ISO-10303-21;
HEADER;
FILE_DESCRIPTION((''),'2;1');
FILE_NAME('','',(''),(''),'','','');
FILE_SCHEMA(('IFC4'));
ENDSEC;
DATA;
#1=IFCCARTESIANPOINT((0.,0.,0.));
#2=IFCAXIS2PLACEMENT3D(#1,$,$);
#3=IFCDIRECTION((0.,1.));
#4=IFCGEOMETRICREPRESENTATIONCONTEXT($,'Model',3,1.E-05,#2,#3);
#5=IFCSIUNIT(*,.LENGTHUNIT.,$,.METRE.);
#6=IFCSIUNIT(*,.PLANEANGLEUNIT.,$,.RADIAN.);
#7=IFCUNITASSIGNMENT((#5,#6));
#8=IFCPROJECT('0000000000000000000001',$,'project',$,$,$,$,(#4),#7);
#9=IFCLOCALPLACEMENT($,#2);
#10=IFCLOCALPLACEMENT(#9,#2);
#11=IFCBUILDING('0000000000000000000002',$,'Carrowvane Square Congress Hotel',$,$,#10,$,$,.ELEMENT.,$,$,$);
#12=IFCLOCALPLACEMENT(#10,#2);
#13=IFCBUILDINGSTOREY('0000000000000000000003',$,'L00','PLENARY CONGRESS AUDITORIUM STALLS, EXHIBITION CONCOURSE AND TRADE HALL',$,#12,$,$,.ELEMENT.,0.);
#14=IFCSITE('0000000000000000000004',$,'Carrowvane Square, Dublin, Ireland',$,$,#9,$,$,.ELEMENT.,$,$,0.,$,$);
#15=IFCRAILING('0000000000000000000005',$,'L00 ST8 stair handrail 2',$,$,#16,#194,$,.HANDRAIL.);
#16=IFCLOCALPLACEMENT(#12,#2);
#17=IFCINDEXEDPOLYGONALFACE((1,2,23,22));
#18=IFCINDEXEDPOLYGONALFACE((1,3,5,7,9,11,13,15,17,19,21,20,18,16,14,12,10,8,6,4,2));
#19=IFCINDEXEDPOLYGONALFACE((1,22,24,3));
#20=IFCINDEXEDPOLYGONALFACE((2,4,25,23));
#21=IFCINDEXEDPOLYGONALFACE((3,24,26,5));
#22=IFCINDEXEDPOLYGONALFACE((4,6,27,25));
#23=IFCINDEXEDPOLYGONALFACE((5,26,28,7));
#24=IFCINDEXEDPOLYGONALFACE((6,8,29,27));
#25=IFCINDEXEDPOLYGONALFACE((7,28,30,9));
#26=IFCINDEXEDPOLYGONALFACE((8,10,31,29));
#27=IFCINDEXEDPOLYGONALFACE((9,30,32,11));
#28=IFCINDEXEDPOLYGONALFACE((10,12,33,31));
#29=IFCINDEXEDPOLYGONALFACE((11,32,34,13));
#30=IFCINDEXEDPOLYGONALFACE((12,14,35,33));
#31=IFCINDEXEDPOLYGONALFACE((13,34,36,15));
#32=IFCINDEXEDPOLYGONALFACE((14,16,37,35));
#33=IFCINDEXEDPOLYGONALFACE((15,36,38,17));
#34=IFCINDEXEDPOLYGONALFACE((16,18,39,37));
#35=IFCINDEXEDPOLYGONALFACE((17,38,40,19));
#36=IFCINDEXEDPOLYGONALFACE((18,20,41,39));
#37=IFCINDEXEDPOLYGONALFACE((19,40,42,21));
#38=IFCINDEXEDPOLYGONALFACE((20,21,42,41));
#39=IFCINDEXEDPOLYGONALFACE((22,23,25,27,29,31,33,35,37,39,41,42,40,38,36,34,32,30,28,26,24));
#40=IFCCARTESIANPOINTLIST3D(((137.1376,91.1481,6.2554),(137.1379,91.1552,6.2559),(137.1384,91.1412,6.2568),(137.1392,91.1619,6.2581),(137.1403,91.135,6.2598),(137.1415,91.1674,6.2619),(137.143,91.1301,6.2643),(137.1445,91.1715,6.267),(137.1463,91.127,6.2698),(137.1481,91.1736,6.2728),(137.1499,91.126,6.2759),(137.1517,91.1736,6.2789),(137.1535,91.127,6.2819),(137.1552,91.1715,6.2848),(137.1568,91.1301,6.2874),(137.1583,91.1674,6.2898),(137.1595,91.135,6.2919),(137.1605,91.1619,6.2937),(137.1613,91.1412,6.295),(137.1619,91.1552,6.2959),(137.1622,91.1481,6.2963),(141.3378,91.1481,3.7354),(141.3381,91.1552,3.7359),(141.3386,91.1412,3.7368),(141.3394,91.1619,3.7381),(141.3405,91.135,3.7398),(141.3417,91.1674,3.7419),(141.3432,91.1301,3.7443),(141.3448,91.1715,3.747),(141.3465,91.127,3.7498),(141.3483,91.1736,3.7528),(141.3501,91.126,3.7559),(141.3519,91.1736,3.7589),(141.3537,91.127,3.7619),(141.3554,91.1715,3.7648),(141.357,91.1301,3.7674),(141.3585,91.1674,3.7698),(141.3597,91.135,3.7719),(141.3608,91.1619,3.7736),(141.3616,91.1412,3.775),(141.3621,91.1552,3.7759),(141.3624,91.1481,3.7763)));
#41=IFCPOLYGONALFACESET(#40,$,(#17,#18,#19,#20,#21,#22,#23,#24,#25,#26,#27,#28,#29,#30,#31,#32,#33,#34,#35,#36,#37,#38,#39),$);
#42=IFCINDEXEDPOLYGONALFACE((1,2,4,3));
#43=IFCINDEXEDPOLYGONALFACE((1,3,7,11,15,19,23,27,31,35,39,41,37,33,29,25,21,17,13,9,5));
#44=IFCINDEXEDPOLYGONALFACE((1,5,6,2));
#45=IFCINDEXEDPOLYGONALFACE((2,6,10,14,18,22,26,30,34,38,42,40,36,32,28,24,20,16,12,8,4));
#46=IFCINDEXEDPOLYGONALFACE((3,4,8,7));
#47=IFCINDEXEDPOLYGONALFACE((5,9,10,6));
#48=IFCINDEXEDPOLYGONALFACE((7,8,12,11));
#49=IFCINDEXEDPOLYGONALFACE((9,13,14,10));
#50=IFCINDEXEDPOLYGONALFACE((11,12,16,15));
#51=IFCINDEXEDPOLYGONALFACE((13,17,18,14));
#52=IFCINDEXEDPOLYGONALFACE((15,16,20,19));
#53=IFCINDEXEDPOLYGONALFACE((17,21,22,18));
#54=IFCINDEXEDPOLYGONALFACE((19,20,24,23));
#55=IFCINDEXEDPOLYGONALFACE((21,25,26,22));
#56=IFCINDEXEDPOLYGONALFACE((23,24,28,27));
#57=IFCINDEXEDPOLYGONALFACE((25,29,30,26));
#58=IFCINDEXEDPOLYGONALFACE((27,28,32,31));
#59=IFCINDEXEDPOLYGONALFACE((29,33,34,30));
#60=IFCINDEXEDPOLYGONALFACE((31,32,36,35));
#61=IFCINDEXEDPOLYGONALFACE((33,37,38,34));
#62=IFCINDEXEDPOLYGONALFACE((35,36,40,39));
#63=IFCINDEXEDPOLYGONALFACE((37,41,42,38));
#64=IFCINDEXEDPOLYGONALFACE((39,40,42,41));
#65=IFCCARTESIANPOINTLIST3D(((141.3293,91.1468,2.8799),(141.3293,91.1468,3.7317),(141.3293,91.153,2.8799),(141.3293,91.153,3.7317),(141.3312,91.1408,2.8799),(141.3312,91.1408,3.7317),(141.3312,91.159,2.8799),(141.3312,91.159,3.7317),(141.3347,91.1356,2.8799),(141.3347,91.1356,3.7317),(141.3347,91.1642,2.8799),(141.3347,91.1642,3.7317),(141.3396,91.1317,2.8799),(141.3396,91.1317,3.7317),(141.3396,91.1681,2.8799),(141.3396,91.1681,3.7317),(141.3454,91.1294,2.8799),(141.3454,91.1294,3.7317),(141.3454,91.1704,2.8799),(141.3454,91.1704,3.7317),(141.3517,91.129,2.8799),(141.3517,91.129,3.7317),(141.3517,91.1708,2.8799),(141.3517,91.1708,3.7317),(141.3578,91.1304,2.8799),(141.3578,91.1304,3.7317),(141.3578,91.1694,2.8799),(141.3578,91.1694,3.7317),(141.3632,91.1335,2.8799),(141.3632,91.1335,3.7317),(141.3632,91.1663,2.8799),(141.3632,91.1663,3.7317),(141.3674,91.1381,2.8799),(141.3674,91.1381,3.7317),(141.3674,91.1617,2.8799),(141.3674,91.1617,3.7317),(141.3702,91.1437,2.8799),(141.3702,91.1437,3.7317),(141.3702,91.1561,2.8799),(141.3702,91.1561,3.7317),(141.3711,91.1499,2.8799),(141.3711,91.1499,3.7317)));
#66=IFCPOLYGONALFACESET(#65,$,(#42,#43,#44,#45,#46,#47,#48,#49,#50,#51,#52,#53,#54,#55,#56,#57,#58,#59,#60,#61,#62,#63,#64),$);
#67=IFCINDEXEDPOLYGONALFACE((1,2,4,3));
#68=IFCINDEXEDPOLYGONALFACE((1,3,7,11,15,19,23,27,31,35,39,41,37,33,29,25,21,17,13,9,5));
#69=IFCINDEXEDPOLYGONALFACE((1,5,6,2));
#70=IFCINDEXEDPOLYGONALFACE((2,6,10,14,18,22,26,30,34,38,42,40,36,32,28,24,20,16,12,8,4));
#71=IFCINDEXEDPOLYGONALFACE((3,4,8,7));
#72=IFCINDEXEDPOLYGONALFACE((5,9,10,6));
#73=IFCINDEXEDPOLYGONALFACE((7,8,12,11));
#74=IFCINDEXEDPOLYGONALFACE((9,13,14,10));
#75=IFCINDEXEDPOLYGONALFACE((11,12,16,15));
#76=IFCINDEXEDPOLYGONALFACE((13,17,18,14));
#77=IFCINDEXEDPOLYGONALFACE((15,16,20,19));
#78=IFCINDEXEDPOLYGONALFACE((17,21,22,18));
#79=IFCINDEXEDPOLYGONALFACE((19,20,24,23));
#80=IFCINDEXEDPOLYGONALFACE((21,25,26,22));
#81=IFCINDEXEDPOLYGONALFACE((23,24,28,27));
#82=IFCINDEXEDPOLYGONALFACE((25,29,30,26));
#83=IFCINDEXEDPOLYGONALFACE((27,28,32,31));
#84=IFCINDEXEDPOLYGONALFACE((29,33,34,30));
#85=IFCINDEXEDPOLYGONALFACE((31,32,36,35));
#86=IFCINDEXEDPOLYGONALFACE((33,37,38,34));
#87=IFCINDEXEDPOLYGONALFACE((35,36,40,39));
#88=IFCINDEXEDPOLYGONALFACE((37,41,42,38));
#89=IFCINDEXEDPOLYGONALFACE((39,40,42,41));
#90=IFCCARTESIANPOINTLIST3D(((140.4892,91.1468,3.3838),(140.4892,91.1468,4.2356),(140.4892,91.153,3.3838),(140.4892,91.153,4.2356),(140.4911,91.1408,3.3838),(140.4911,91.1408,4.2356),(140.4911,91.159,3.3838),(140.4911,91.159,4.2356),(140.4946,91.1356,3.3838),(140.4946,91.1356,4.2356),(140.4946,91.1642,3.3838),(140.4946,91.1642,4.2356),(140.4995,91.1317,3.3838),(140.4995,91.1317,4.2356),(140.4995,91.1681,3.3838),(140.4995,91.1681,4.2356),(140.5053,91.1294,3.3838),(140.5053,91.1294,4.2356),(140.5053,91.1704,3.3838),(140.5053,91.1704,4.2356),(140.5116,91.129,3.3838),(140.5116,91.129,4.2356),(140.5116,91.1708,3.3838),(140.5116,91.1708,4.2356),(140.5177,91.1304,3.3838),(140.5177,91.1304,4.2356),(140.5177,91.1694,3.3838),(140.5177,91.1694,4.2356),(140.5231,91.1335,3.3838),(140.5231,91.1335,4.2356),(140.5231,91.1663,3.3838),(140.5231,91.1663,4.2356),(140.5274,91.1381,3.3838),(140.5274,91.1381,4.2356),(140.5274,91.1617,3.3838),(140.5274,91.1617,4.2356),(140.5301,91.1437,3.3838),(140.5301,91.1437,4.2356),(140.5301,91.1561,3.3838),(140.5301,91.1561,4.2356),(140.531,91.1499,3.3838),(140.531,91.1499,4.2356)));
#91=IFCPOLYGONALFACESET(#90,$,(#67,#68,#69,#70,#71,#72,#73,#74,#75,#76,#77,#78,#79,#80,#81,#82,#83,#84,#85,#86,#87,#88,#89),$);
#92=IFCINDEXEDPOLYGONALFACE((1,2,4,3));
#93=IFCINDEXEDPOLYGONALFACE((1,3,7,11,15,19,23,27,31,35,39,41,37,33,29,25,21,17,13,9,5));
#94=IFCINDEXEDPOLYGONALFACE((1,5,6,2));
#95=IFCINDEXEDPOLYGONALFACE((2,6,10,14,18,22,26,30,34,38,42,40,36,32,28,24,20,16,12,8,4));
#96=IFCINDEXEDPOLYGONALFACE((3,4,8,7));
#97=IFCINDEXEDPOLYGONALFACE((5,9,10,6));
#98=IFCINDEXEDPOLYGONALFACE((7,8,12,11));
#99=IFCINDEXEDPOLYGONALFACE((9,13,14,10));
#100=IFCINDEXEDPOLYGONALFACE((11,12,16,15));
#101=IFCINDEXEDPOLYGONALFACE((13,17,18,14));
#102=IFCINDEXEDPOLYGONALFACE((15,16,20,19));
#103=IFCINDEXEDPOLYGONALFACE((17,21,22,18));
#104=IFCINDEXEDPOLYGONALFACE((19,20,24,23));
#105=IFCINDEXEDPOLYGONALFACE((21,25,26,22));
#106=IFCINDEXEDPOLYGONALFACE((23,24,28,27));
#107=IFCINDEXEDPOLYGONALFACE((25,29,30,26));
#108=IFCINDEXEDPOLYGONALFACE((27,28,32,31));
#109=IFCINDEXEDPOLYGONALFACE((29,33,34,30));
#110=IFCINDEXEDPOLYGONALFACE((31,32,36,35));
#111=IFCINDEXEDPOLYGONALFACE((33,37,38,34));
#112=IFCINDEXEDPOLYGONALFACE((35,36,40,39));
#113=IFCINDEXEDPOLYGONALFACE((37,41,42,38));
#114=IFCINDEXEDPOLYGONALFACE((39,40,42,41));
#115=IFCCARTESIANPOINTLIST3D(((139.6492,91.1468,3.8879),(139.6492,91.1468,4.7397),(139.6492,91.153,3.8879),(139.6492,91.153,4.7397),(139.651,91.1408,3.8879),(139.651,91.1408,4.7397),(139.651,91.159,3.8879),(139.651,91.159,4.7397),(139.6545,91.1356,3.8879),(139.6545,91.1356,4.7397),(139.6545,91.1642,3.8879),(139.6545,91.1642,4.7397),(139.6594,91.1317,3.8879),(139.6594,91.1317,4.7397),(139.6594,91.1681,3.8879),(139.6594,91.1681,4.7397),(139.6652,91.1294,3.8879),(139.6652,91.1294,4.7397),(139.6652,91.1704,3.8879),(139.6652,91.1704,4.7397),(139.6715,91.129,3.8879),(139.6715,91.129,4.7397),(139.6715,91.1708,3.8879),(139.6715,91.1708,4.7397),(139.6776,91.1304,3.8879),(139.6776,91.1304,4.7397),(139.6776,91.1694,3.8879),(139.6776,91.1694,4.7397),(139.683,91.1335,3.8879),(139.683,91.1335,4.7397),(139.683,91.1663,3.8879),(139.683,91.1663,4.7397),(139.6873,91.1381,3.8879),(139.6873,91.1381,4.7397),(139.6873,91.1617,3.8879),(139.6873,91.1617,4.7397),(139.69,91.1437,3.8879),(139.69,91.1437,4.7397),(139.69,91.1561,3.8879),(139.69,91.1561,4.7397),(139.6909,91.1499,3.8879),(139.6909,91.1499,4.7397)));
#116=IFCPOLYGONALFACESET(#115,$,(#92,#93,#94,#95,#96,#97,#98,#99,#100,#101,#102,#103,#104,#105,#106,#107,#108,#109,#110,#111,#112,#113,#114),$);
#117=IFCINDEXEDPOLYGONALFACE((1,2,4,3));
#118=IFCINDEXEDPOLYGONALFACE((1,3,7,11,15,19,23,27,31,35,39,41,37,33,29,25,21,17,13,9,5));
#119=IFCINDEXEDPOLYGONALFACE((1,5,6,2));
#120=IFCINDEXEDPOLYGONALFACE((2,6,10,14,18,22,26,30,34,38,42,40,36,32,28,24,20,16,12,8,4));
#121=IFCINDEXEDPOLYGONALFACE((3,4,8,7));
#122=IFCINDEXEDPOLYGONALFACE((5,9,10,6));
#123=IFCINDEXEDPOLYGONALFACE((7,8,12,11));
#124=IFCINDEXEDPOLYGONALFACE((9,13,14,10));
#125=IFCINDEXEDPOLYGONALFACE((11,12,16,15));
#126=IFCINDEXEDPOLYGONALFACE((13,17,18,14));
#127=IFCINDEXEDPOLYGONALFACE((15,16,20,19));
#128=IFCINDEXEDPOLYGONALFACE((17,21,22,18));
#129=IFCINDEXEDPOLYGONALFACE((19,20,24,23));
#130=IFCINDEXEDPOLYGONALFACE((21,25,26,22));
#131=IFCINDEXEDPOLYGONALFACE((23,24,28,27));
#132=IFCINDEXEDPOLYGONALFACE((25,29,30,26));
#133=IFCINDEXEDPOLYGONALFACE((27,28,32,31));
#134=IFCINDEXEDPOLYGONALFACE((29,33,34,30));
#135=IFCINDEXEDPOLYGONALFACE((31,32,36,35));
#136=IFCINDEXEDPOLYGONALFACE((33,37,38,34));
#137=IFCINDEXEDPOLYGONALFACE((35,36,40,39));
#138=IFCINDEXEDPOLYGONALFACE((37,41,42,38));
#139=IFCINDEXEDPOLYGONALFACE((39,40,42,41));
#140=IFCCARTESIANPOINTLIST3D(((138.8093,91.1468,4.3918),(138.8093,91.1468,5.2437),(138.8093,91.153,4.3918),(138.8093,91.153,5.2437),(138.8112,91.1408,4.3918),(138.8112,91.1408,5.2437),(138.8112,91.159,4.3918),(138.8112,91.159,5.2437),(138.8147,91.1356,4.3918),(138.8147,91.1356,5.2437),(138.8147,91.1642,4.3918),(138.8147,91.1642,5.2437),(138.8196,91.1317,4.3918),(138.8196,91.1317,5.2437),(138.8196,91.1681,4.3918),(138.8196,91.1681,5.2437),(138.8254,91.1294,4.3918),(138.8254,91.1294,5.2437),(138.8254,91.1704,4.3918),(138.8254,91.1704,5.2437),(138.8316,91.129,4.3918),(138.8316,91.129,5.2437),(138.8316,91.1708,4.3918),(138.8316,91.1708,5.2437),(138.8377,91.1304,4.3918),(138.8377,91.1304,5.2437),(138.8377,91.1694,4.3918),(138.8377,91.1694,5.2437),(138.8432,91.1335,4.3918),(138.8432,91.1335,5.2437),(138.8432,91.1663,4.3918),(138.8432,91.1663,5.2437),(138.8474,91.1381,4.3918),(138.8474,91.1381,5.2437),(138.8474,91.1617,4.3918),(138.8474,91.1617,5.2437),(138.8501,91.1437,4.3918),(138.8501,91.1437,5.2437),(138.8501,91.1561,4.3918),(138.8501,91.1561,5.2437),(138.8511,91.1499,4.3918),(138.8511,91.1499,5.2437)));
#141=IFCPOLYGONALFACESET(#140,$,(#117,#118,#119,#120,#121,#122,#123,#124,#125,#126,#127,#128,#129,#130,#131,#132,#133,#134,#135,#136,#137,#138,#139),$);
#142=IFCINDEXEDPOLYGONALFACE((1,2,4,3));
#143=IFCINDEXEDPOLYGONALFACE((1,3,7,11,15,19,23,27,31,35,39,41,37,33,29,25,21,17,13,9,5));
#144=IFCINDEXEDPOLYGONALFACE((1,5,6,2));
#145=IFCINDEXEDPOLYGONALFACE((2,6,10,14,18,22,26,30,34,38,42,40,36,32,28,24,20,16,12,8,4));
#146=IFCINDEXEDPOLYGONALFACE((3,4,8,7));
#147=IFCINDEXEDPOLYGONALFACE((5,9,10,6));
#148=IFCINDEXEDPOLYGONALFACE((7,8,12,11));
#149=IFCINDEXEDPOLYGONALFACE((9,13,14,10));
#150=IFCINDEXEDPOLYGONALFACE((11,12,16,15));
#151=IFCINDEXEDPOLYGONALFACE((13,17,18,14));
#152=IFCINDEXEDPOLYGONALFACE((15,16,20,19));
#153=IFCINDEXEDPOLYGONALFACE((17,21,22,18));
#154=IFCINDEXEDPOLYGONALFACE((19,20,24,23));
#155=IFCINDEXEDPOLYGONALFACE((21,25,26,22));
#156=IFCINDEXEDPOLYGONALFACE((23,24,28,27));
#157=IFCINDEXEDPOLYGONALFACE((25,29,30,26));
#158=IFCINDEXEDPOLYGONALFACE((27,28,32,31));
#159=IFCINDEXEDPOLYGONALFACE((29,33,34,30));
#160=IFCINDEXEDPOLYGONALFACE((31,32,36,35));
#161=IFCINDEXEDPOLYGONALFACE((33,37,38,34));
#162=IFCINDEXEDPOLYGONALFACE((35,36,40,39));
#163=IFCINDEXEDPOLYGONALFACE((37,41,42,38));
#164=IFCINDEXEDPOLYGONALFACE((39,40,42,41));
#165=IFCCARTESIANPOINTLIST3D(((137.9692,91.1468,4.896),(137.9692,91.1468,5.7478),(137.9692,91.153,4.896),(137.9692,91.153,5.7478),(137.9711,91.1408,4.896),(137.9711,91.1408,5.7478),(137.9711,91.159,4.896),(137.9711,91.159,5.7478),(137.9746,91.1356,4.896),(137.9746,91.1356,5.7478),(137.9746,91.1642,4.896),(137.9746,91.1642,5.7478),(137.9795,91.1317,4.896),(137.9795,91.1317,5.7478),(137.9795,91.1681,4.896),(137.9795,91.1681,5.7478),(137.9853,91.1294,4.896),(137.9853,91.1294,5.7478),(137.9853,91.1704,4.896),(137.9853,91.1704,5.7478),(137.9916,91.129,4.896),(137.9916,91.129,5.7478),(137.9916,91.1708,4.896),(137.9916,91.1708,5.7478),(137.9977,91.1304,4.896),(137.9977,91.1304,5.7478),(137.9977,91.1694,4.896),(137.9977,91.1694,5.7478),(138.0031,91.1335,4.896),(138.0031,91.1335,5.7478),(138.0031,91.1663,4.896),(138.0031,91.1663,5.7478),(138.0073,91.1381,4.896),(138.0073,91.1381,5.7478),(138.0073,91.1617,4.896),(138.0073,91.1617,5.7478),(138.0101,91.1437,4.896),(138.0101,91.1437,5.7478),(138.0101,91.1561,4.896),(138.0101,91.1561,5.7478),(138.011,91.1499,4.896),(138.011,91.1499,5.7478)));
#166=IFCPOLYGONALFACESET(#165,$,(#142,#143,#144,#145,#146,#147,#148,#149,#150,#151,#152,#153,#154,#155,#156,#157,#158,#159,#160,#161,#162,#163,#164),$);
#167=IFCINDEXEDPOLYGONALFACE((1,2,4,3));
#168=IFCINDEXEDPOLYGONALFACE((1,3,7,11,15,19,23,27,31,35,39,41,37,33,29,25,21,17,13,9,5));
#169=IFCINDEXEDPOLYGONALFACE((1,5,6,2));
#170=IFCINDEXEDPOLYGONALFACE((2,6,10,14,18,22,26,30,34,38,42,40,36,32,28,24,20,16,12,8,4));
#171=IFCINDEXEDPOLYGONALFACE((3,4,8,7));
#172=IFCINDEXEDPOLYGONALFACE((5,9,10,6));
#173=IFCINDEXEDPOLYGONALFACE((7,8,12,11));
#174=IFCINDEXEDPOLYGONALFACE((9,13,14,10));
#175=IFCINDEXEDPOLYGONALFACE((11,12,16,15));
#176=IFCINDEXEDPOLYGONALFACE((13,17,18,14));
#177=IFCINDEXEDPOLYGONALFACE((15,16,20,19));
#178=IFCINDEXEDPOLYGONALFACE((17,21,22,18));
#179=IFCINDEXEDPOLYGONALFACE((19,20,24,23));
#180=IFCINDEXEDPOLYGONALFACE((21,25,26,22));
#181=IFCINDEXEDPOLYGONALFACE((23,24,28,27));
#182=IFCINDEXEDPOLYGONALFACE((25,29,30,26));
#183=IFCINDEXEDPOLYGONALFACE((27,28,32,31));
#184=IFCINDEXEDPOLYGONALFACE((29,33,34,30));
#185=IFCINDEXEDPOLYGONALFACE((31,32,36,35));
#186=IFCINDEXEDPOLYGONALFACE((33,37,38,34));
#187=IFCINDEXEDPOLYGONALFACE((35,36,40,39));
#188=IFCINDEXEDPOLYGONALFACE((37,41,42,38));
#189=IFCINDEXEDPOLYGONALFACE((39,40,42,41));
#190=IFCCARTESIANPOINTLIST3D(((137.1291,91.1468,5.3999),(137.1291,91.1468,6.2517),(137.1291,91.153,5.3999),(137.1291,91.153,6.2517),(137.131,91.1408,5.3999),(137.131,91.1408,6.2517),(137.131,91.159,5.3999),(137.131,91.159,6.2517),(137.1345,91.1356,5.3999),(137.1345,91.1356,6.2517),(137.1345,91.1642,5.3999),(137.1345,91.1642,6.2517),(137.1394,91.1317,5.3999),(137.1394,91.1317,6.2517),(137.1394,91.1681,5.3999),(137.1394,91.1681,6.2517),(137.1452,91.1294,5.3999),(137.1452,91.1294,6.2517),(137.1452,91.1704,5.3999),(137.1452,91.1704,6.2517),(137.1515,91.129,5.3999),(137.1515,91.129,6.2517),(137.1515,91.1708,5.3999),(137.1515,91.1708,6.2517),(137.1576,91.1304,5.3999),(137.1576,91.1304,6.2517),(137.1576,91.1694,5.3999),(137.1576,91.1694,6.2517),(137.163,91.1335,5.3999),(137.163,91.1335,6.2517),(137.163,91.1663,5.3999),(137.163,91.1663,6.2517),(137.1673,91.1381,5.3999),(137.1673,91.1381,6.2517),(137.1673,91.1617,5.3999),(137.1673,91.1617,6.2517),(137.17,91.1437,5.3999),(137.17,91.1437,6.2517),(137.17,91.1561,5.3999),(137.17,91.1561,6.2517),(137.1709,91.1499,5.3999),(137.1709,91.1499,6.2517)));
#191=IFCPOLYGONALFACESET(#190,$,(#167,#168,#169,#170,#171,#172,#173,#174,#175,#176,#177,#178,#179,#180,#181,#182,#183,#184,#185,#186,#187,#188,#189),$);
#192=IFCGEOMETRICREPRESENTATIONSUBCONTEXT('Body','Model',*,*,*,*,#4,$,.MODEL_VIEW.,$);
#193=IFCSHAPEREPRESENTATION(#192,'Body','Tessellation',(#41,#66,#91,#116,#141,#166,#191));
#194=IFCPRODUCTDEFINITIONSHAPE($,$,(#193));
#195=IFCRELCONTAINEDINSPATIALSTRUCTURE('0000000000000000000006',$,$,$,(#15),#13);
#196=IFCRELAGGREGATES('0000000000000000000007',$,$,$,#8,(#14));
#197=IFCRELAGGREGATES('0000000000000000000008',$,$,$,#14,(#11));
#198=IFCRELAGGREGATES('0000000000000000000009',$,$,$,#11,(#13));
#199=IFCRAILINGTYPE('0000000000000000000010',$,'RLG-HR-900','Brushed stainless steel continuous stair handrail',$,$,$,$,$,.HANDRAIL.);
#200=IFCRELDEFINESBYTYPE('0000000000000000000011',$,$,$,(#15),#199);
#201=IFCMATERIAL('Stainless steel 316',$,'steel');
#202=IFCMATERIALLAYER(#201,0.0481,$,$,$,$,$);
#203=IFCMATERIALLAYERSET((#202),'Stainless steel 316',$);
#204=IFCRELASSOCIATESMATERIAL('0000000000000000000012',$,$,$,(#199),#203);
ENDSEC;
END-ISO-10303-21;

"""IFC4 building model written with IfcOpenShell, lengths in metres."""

from ifc_helpers import new_model, si_unit, direction, frame, origin, origin_2d, place, context, subcontext, project, spatial, circle, extrude, material, layer, layer_set, type_object, element, save


model = new_model("IFC4")

# Units and contexts
model_context = context("Model", 3, precision=1e-05, world=origin(), true_north=direction((0.0, 1.0)))
body_context = subcontext(model_context, "Body", "Model", "MODEL_VIEW")
ifc_project = project(units=[si_unit("LENGTHUNIT", "METRE"), si_unit("PLANEANGLEUNIT", "RADIAN")], contexts=[model_context])

# Site, building, storey
site_placement = place(None, origin())
site = spatial("IfcSite", under=ifc_project, at=site_placement, Name="Carrowvane Square, Dublin, Ireland", CompositionType="ELEMENT", RefElevation=0.0)
building_placement = place(site_placement, origin())
building = spatial("IfcBuilding", under=site, at=building_placement, Name="Carrowvane Square Congress Hotel", CompositionType="ELEMENT")
storey_placement = place(building_placement, origin())
storey = spatial("IfcBuildingStorey", under=building, at=storey_placement, Name="L00", Description="PLENARY CONGRESS AUDITORIUM STALLS, EXHIBITION CONCOURSE AND TRADE HALL", CompositionType="ELEMENT", Elevation=0.0)

# Railing
ifc_material_1 = material(Name="Stainless steel 316", Category="steel")
ifc_layer_1 = layer(ifc_material_1, 0.0481)
ifc_layer_set_1 = layer_set([ifc_layer_1], Name="Stainless steel 316")
railing_type_1 = type_object("IfcRailingType", Name="RLG-HR-900", Description="Brushed stainless steel continuous stair handrail", PredefinedType="HANDRAIL", material=ifc_layer_set_1)
railing_1_placement = place(storey_placement, frame((141.3501, 91.1499, 2.8799)))
element("IfcRailing", 1, at=railing_1_placement, inside=storey, type_object=railing_type_1, Name="L00 ST8 stair handrail 2", PredefinedType="HANDRAIL", context=body_context, shape_type="SweptSolid", body=[
    extrude(circle(Radius=0.0239, at=origin_2d()), frame((0.0, 0.0, 0.876), z_axis=(-0.857502, 0.0, 0.514481), x_axis=(0.0, -1.0, 0.0)), (0.0, 0.0, 1.0), 4.8982),
    extrude(circle(Radius=0.021, at=origin_2d()), origin(), (0.0, 0.0, 1.0), 0.8518),
    extrude(circle(Radius=0.021, at=origin_2d()), frame((-0.8401, 0.0, 0.5039)), (0.0, 0.0, 1.0), 0.8518),
    extrude(circle(Radius=0.021, at=origin_2d()), frame((-1.6802, 0.0, 1.0081)), (0.0, 0.0, 1.0), 0.8518),
    extrude(circle(Radius=0.021, at=origin_2d()), frame((-2.52, 0.0, 1.512)), (0.0, 0.0, 1.0), 0.8518),
    extrude(circle(Radius=0.021, at=origin_2d()), frame((-3.3601, 0.0, 2.0161)), (0.0, 0.0, 1.0), 0.8518),
    extrude(circle(Radius=0.021, at=origin_2d()), frame((-4.2002, 0.0, 2.52)), (0.0, 0.0, 1.0), 0.8518),
])

save(model, "model.ifc")
